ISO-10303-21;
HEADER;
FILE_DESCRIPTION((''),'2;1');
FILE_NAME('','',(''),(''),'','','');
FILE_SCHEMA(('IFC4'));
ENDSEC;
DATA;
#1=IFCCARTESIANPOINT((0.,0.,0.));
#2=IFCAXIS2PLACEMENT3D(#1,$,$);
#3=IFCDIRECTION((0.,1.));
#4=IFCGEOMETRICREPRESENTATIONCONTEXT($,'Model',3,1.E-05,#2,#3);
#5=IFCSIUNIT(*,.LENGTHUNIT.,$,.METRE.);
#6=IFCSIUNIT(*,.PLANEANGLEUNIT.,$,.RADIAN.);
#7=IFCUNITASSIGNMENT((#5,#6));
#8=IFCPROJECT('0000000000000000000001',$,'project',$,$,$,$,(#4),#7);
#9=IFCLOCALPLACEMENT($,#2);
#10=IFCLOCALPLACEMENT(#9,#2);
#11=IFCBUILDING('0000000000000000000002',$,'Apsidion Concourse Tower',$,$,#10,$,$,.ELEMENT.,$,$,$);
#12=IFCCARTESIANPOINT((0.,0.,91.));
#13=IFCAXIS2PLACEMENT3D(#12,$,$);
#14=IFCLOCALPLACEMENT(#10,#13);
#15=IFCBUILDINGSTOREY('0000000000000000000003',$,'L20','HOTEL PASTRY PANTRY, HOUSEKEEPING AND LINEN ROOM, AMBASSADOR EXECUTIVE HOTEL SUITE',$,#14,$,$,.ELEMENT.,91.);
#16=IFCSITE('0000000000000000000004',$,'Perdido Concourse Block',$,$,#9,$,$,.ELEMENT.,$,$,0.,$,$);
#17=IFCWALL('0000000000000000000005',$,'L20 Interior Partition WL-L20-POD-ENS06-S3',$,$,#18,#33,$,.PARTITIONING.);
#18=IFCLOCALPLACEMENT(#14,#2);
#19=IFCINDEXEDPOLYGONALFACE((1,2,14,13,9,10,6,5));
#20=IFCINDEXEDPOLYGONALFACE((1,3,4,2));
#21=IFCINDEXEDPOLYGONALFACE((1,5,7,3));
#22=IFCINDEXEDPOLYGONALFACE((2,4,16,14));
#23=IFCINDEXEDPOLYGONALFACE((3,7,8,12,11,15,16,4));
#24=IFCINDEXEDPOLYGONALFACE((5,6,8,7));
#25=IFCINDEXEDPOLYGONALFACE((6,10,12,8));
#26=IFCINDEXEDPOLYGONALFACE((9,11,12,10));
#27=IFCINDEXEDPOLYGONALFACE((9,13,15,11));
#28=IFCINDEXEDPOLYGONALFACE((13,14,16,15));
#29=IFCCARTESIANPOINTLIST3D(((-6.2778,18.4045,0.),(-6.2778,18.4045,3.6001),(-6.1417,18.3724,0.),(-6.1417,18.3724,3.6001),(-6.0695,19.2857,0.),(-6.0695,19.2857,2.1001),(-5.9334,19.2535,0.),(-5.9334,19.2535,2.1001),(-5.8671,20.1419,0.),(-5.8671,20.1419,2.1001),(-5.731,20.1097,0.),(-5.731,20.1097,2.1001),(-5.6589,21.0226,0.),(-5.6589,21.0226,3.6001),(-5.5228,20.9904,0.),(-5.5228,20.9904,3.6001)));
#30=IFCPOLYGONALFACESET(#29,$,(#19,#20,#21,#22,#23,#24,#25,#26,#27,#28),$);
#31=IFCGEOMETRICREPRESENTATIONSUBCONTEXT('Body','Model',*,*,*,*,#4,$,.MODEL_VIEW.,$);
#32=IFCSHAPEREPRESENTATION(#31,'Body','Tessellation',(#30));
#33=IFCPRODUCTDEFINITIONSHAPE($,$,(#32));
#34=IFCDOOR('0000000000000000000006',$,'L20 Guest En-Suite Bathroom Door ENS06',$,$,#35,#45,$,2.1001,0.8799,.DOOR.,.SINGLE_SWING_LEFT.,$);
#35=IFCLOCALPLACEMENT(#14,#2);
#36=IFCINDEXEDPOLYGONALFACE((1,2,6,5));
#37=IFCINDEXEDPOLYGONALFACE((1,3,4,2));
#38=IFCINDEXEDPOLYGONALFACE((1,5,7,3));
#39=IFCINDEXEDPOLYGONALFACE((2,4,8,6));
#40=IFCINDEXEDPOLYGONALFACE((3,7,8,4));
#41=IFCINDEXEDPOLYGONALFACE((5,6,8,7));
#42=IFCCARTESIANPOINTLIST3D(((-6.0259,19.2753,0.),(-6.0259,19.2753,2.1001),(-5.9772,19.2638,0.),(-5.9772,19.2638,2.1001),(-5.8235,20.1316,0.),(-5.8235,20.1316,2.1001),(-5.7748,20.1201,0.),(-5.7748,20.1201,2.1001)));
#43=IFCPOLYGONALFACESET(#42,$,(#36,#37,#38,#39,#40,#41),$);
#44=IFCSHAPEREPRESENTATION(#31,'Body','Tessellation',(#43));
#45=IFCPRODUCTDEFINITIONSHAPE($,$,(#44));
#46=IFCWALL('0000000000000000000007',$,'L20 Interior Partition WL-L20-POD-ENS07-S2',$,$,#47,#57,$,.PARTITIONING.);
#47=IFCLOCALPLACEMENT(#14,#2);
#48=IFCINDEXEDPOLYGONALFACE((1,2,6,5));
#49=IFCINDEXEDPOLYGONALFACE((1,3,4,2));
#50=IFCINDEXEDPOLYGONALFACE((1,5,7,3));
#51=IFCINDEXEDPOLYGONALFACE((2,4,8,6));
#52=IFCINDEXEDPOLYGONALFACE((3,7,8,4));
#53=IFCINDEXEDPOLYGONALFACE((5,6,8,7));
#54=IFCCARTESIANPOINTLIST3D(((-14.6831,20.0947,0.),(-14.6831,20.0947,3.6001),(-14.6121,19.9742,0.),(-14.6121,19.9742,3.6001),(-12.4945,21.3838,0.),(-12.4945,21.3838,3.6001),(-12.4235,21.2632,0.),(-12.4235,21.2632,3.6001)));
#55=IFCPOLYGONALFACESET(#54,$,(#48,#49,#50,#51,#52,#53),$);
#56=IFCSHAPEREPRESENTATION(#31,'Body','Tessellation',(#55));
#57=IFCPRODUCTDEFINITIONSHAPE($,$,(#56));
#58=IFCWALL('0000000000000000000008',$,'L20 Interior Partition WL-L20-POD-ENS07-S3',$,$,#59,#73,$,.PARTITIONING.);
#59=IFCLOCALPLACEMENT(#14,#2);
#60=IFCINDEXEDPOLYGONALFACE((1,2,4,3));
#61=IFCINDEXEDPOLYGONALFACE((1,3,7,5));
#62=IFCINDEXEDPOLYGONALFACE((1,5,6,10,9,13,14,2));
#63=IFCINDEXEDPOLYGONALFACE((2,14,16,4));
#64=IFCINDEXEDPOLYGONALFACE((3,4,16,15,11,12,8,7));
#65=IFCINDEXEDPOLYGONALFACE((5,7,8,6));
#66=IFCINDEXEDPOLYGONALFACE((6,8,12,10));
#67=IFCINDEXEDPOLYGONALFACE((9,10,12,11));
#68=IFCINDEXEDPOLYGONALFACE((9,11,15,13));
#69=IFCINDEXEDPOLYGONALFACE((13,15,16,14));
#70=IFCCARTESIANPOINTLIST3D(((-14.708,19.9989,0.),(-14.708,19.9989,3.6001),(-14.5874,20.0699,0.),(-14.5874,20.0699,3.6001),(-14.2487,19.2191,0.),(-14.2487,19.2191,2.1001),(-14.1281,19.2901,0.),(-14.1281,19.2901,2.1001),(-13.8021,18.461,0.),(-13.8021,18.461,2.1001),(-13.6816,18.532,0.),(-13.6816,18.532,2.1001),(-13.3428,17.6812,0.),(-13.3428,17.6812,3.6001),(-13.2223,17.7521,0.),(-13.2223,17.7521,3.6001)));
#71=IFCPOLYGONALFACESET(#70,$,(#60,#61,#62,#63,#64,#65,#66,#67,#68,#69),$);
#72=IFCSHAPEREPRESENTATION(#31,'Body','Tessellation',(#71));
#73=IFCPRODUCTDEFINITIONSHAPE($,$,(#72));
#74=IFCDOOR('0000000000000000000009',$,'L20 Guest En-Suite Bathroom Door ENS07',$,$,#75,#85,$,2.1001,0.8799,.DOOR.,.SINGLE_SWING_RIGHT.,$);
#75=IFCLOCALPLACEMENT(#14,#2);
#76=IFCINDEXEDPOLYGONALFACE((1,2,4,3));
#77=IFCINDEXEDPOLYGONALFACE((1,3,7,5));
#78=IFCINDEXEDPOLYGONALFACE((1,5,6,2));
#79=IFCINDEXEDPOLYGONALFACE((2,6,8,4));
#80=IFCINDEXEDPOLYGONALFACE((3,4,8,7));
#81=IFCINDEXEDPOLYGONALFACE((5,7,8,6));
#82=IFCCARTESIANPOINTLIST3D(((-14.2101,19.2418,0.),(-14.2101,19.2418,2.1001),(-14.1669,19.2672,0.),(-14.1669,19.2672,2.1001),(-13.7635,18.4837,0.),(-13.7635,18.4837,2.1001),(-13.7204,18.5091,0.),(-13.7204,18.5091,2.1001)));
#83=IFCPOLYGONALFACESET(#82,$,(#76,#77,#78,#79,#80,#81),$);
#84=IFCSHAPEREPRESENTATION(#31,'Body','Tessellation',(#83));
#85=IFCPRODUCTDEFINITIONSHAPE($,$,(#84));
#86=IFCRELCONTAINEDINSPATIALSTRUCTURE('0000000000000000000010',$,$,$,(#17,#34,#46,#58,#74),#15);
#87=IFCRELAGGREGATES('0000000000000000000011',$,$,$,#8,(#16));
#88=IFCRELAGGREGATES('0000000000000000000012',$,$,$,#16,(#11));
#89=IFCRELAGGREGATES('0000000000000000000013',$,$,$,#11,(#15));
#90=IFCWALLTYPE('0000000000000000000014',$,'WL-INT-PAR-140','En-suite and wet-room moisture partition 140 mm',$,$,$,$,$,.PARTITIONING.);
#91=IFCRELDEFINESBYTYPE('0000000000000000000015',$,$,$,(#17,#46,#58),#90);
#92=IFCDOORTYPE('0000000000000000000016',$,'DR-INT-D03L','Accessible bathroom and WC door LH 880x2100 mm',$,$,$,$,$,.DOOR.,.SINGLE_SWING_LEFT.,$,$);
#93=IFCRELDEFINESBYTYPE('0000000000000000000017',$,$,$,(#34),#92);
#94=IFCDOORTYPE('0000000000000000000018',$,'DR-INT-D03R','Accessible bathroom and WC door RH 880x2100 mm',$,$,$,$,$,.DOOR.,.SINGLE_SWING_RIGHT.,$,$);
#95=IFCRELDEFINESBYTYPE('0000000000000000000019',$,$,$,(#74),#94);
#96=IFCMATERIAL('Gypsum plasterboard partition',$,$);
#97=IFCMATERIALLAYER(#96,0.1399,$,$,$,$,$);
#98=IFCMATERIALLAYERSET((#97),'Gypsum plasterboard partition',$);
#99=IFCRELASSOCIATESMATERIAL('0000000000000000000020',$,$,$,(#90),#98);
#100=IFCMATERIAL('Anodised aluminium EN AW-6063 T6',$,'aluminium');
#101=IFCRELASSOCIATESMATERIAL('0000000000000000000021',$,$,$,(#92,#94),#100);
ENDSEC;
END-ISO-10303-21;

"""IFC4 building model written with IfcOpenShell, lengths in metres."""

from ifc_helpers import new_model, si_unit, direction, frame, frame_2d, origin, place, context, subcontext, project, spatial, rectangle, extrude, material, layer, layer_set, type_object, element, fill, save


model = new_model("IFC4")

# Units and contexts
model_context = context("Model", 3, precision=1e-05, world=origin(), true_north=direction((0.0, 1.0)))
body_context = subcontext(model_context, "Body", "Model", "MODEL_VIEW")
ifc_project = project(units=[si_unit("LENGTHUNIT", "METRE"), si_unit("PLANEANGLEUNIT", "RADIAN")], contexts=[model_context])

# Site, building, storey
site_placement = place(None, origin())
site = spatial("IfcSite", under=ifc_project, at=site_placement, Name="Perdido Concourse Block", CompositionType="ELEMENT", RefElevation=0.0)
building_placement = place(site_placement, origin())
building = spatial("IfcBuilding", under=site, at=building_placement, Name="Apsidion Concourse Tower", CompositionType="ELEMENT")
storey_placement = place(building_placement, frame((0.0, 0.0, 91.0)))
storey = spatial("IfcBuildingStorey", under=building, at=storey_placement, Name="L20", Description="HOTEL PASTRY PANTRY, HOUSEKEEPING AND LINEN ROOM, AMBASSADOR EXECUTIVE HOTEL SUITE", CompositionType="ELEMENT", Elevation=91.0)

# Shared definitions
ifc_material_1 = material(Name="Gypsum plasterboard partition")
ifc_layer_1 = layer(ifc_material_1, 0.1399)
ifc_layer_set_1 = layer_set([ifc_layer_1], Name="Gypsum plasterboard partition")
wall_type_1 = type_object("IfcWallType", Name="WL-INT-PAR-140", Description="En-suite and wet-room moisture partition 140 mm", PredefinedType="PARTITIONING", material=ifc_layer_set_1)

# Wall, opening, door
wall_1_placement = place(storey_placement, frame((-5.5908, 21.0066, 0.0), z_axis=(0.0, 0.0, 1.0), x_axis=(-0.230066, -0.973175, 0.0)))
wall_1 = element("IfcWall", 1, at=wall_1_placement, inside=storey, type_object=wall_type_1, Name="L20 Interior Partition WL-L20-POD-ENS06-S3", PredefinedType="PARTITIONING", context=body_context, shape_type="SweptSolid", body=[
    extrude(rectangle(XDim=2.6902, YDim=0.1399, at=frame_2d((1.3452, 0.0))), origin(), (0.0, 0.0, 1.0), 3.6001),
])
opening_1_placement = place(wall_1_placement, frame((0.905, 0.0, 0.0)))
opening_1 = element("IfcOpeningElement", 2, at=opening_1_placement, cuts=wall_1, PredefinedType="OPENING", context=body_context, shape_type="SweptSolid", body=[
    extrude(rectangle(XDim=0.8799, YDim=2.1001, at=frame_2d((0.4399, 1.05))), frame((0.0, 0.0801, 0.0), z_axis=(0.0, -1.0, 0.0), x_axis=(1.0, 0.0, 0.0)), (0.0, 0.0, 1.0), 0.1599),
])
ifc_material_2 = material(Name="Anodised aluminium EN AW-6063 T6", Category="aluminium")
door_type_1 = type_object("IfcDoorType", Name="DR-INT-D03L", Description="Accessible bathroom and WC door LH 880x2100 mm", OperationType="SINGLE_SWING_LEFT", PredefinedType="DOOR", material=ifc_material_2)
door_1_placement = place(opening_1_placement, origin())
door_1 = element("IfcDoor", 3, at=door_1_placement, inside=storey, type_object=door_type_1, Name="L20 Guest En-Suite Bathroom Door ENS06", OperationType="SINGLE_SWING_LEFT", OverallHeight=2.1001, OverallWidth=0.8799, PredefinedType="DOOR", context=body_context, shape_type="SweptSolid", body=[
    extrude(rectangle(XDim=0.8799, YDim=2.1001, at=frame_2d((0.4399, 1.05))), frame((0.0, 0.0249, 0.0), z_axis=(0.0, -1.0, 0.0), x_axis=(1.0, 0.0, 0.0)), (0.0, 0.0, 1.0), 0.05),
])
fill(opening_1, door_1)

# Wall
wall_2_placement = place(storey_placement, frame((-12.459, 21.3235, 0.0), z_axis=(0.0, 0.0, 1.0), x_axis=(-0.861662, -0.507482, 0.0)))
element("IfcWall", 4, at=wall_2_placement, inside=storey, type_object=wall_type_1, Name="L20 Interior Partition WL-L20-POD-ENS07-S2", PredefinedType="PARTITIONING", context=body_context, shape_type="SweptSolid", body=[
    extrude(rectangle(XDim=2.54, YDim=0.1399, at=frame_2d((1.27, 0.0))), origin(), (0.0, 0.0, 1.0), 3.6001),
])

# Wall, opening, door
wall_3_placement = place(storey_placement, frame((-14.6477, 20.0344, 0.0), z_axis=(0.0, 0.0, 1.0), x_axis=(0.507512, -0.861645, 0.0)))
wall_3 = element("IfcWall", 5, at=wall_3_placement, inside=storey, type_object=wall_type_1, Name="L20 Interior Partition WL-L20-POD-ENS07-S3", PredefinedType="PARTITIONING", context=body_context, shape_type="SweptSolid", body=[
    extrude(rectangle(XDim=2.6899, YDim=0.1399, at=frame_2d((1.345, 0.0))), origin(), (0.0, 0.0, 1.0), 3.6001),
])
opening_2_placement = place(wall_3_placement, frame((0.905, 0.0, 0.0)))
opening_2 = element("IfcOpeningElement", 6, at=opening_2_placement, cuts=wall_3, PredefinedType="OPENING", context=body_context, shape_type="SweptSolid", body=[
    extrude(rectangle(XDim=0.8799, YDim=2.1001, at=frame_2d((0.4399, 1.05))), frame((0.0, 0.0801, 0.0), z_axis=(0.0, -1.0, 0.0), x_axis=(1.0, 0.0, 0.0)), (0.0, 0.0, 1.0), 0.1599),
])
door_type_2 = type_object("IfcDoorType", Name="DR-INT-D03R", Description="Accessible bathroom and WC door RH 880x2100 mm", OperationType="SINGLE_SWING_RIGHT", PredefinedType="DOOR", material=ifc_material_2)
door_2_placement = place(opening_2_placement, origin())
door_2 = element("IfcDoor", 7, at=door_2_placement, inside=storey, type_object=door_type_2, Name="L20 Guest En-Suite Bathroom Door ENS07", OperationType="SINGLE_SWING_RIGHT", OverallHeight=2.1001, OverallWidth=0.8799, PredefinedType="DOOR", context=body_context, shape_type="SweptSolid", body=[
    extrude(rectangle(XDim=0.8799, YDim=2.1001, at=frame_2d((0.4399, 1.05))), frame((0.0, 0.0249, 0.0), z_axis=(0.0, -1.0, 0.0), x_axis=(1.0, 0.0, 0.0)), (0.0, 0.0, 1.0), 0.05),
])
fill(opening_2, door_2)

save(model, "model.ifc")
